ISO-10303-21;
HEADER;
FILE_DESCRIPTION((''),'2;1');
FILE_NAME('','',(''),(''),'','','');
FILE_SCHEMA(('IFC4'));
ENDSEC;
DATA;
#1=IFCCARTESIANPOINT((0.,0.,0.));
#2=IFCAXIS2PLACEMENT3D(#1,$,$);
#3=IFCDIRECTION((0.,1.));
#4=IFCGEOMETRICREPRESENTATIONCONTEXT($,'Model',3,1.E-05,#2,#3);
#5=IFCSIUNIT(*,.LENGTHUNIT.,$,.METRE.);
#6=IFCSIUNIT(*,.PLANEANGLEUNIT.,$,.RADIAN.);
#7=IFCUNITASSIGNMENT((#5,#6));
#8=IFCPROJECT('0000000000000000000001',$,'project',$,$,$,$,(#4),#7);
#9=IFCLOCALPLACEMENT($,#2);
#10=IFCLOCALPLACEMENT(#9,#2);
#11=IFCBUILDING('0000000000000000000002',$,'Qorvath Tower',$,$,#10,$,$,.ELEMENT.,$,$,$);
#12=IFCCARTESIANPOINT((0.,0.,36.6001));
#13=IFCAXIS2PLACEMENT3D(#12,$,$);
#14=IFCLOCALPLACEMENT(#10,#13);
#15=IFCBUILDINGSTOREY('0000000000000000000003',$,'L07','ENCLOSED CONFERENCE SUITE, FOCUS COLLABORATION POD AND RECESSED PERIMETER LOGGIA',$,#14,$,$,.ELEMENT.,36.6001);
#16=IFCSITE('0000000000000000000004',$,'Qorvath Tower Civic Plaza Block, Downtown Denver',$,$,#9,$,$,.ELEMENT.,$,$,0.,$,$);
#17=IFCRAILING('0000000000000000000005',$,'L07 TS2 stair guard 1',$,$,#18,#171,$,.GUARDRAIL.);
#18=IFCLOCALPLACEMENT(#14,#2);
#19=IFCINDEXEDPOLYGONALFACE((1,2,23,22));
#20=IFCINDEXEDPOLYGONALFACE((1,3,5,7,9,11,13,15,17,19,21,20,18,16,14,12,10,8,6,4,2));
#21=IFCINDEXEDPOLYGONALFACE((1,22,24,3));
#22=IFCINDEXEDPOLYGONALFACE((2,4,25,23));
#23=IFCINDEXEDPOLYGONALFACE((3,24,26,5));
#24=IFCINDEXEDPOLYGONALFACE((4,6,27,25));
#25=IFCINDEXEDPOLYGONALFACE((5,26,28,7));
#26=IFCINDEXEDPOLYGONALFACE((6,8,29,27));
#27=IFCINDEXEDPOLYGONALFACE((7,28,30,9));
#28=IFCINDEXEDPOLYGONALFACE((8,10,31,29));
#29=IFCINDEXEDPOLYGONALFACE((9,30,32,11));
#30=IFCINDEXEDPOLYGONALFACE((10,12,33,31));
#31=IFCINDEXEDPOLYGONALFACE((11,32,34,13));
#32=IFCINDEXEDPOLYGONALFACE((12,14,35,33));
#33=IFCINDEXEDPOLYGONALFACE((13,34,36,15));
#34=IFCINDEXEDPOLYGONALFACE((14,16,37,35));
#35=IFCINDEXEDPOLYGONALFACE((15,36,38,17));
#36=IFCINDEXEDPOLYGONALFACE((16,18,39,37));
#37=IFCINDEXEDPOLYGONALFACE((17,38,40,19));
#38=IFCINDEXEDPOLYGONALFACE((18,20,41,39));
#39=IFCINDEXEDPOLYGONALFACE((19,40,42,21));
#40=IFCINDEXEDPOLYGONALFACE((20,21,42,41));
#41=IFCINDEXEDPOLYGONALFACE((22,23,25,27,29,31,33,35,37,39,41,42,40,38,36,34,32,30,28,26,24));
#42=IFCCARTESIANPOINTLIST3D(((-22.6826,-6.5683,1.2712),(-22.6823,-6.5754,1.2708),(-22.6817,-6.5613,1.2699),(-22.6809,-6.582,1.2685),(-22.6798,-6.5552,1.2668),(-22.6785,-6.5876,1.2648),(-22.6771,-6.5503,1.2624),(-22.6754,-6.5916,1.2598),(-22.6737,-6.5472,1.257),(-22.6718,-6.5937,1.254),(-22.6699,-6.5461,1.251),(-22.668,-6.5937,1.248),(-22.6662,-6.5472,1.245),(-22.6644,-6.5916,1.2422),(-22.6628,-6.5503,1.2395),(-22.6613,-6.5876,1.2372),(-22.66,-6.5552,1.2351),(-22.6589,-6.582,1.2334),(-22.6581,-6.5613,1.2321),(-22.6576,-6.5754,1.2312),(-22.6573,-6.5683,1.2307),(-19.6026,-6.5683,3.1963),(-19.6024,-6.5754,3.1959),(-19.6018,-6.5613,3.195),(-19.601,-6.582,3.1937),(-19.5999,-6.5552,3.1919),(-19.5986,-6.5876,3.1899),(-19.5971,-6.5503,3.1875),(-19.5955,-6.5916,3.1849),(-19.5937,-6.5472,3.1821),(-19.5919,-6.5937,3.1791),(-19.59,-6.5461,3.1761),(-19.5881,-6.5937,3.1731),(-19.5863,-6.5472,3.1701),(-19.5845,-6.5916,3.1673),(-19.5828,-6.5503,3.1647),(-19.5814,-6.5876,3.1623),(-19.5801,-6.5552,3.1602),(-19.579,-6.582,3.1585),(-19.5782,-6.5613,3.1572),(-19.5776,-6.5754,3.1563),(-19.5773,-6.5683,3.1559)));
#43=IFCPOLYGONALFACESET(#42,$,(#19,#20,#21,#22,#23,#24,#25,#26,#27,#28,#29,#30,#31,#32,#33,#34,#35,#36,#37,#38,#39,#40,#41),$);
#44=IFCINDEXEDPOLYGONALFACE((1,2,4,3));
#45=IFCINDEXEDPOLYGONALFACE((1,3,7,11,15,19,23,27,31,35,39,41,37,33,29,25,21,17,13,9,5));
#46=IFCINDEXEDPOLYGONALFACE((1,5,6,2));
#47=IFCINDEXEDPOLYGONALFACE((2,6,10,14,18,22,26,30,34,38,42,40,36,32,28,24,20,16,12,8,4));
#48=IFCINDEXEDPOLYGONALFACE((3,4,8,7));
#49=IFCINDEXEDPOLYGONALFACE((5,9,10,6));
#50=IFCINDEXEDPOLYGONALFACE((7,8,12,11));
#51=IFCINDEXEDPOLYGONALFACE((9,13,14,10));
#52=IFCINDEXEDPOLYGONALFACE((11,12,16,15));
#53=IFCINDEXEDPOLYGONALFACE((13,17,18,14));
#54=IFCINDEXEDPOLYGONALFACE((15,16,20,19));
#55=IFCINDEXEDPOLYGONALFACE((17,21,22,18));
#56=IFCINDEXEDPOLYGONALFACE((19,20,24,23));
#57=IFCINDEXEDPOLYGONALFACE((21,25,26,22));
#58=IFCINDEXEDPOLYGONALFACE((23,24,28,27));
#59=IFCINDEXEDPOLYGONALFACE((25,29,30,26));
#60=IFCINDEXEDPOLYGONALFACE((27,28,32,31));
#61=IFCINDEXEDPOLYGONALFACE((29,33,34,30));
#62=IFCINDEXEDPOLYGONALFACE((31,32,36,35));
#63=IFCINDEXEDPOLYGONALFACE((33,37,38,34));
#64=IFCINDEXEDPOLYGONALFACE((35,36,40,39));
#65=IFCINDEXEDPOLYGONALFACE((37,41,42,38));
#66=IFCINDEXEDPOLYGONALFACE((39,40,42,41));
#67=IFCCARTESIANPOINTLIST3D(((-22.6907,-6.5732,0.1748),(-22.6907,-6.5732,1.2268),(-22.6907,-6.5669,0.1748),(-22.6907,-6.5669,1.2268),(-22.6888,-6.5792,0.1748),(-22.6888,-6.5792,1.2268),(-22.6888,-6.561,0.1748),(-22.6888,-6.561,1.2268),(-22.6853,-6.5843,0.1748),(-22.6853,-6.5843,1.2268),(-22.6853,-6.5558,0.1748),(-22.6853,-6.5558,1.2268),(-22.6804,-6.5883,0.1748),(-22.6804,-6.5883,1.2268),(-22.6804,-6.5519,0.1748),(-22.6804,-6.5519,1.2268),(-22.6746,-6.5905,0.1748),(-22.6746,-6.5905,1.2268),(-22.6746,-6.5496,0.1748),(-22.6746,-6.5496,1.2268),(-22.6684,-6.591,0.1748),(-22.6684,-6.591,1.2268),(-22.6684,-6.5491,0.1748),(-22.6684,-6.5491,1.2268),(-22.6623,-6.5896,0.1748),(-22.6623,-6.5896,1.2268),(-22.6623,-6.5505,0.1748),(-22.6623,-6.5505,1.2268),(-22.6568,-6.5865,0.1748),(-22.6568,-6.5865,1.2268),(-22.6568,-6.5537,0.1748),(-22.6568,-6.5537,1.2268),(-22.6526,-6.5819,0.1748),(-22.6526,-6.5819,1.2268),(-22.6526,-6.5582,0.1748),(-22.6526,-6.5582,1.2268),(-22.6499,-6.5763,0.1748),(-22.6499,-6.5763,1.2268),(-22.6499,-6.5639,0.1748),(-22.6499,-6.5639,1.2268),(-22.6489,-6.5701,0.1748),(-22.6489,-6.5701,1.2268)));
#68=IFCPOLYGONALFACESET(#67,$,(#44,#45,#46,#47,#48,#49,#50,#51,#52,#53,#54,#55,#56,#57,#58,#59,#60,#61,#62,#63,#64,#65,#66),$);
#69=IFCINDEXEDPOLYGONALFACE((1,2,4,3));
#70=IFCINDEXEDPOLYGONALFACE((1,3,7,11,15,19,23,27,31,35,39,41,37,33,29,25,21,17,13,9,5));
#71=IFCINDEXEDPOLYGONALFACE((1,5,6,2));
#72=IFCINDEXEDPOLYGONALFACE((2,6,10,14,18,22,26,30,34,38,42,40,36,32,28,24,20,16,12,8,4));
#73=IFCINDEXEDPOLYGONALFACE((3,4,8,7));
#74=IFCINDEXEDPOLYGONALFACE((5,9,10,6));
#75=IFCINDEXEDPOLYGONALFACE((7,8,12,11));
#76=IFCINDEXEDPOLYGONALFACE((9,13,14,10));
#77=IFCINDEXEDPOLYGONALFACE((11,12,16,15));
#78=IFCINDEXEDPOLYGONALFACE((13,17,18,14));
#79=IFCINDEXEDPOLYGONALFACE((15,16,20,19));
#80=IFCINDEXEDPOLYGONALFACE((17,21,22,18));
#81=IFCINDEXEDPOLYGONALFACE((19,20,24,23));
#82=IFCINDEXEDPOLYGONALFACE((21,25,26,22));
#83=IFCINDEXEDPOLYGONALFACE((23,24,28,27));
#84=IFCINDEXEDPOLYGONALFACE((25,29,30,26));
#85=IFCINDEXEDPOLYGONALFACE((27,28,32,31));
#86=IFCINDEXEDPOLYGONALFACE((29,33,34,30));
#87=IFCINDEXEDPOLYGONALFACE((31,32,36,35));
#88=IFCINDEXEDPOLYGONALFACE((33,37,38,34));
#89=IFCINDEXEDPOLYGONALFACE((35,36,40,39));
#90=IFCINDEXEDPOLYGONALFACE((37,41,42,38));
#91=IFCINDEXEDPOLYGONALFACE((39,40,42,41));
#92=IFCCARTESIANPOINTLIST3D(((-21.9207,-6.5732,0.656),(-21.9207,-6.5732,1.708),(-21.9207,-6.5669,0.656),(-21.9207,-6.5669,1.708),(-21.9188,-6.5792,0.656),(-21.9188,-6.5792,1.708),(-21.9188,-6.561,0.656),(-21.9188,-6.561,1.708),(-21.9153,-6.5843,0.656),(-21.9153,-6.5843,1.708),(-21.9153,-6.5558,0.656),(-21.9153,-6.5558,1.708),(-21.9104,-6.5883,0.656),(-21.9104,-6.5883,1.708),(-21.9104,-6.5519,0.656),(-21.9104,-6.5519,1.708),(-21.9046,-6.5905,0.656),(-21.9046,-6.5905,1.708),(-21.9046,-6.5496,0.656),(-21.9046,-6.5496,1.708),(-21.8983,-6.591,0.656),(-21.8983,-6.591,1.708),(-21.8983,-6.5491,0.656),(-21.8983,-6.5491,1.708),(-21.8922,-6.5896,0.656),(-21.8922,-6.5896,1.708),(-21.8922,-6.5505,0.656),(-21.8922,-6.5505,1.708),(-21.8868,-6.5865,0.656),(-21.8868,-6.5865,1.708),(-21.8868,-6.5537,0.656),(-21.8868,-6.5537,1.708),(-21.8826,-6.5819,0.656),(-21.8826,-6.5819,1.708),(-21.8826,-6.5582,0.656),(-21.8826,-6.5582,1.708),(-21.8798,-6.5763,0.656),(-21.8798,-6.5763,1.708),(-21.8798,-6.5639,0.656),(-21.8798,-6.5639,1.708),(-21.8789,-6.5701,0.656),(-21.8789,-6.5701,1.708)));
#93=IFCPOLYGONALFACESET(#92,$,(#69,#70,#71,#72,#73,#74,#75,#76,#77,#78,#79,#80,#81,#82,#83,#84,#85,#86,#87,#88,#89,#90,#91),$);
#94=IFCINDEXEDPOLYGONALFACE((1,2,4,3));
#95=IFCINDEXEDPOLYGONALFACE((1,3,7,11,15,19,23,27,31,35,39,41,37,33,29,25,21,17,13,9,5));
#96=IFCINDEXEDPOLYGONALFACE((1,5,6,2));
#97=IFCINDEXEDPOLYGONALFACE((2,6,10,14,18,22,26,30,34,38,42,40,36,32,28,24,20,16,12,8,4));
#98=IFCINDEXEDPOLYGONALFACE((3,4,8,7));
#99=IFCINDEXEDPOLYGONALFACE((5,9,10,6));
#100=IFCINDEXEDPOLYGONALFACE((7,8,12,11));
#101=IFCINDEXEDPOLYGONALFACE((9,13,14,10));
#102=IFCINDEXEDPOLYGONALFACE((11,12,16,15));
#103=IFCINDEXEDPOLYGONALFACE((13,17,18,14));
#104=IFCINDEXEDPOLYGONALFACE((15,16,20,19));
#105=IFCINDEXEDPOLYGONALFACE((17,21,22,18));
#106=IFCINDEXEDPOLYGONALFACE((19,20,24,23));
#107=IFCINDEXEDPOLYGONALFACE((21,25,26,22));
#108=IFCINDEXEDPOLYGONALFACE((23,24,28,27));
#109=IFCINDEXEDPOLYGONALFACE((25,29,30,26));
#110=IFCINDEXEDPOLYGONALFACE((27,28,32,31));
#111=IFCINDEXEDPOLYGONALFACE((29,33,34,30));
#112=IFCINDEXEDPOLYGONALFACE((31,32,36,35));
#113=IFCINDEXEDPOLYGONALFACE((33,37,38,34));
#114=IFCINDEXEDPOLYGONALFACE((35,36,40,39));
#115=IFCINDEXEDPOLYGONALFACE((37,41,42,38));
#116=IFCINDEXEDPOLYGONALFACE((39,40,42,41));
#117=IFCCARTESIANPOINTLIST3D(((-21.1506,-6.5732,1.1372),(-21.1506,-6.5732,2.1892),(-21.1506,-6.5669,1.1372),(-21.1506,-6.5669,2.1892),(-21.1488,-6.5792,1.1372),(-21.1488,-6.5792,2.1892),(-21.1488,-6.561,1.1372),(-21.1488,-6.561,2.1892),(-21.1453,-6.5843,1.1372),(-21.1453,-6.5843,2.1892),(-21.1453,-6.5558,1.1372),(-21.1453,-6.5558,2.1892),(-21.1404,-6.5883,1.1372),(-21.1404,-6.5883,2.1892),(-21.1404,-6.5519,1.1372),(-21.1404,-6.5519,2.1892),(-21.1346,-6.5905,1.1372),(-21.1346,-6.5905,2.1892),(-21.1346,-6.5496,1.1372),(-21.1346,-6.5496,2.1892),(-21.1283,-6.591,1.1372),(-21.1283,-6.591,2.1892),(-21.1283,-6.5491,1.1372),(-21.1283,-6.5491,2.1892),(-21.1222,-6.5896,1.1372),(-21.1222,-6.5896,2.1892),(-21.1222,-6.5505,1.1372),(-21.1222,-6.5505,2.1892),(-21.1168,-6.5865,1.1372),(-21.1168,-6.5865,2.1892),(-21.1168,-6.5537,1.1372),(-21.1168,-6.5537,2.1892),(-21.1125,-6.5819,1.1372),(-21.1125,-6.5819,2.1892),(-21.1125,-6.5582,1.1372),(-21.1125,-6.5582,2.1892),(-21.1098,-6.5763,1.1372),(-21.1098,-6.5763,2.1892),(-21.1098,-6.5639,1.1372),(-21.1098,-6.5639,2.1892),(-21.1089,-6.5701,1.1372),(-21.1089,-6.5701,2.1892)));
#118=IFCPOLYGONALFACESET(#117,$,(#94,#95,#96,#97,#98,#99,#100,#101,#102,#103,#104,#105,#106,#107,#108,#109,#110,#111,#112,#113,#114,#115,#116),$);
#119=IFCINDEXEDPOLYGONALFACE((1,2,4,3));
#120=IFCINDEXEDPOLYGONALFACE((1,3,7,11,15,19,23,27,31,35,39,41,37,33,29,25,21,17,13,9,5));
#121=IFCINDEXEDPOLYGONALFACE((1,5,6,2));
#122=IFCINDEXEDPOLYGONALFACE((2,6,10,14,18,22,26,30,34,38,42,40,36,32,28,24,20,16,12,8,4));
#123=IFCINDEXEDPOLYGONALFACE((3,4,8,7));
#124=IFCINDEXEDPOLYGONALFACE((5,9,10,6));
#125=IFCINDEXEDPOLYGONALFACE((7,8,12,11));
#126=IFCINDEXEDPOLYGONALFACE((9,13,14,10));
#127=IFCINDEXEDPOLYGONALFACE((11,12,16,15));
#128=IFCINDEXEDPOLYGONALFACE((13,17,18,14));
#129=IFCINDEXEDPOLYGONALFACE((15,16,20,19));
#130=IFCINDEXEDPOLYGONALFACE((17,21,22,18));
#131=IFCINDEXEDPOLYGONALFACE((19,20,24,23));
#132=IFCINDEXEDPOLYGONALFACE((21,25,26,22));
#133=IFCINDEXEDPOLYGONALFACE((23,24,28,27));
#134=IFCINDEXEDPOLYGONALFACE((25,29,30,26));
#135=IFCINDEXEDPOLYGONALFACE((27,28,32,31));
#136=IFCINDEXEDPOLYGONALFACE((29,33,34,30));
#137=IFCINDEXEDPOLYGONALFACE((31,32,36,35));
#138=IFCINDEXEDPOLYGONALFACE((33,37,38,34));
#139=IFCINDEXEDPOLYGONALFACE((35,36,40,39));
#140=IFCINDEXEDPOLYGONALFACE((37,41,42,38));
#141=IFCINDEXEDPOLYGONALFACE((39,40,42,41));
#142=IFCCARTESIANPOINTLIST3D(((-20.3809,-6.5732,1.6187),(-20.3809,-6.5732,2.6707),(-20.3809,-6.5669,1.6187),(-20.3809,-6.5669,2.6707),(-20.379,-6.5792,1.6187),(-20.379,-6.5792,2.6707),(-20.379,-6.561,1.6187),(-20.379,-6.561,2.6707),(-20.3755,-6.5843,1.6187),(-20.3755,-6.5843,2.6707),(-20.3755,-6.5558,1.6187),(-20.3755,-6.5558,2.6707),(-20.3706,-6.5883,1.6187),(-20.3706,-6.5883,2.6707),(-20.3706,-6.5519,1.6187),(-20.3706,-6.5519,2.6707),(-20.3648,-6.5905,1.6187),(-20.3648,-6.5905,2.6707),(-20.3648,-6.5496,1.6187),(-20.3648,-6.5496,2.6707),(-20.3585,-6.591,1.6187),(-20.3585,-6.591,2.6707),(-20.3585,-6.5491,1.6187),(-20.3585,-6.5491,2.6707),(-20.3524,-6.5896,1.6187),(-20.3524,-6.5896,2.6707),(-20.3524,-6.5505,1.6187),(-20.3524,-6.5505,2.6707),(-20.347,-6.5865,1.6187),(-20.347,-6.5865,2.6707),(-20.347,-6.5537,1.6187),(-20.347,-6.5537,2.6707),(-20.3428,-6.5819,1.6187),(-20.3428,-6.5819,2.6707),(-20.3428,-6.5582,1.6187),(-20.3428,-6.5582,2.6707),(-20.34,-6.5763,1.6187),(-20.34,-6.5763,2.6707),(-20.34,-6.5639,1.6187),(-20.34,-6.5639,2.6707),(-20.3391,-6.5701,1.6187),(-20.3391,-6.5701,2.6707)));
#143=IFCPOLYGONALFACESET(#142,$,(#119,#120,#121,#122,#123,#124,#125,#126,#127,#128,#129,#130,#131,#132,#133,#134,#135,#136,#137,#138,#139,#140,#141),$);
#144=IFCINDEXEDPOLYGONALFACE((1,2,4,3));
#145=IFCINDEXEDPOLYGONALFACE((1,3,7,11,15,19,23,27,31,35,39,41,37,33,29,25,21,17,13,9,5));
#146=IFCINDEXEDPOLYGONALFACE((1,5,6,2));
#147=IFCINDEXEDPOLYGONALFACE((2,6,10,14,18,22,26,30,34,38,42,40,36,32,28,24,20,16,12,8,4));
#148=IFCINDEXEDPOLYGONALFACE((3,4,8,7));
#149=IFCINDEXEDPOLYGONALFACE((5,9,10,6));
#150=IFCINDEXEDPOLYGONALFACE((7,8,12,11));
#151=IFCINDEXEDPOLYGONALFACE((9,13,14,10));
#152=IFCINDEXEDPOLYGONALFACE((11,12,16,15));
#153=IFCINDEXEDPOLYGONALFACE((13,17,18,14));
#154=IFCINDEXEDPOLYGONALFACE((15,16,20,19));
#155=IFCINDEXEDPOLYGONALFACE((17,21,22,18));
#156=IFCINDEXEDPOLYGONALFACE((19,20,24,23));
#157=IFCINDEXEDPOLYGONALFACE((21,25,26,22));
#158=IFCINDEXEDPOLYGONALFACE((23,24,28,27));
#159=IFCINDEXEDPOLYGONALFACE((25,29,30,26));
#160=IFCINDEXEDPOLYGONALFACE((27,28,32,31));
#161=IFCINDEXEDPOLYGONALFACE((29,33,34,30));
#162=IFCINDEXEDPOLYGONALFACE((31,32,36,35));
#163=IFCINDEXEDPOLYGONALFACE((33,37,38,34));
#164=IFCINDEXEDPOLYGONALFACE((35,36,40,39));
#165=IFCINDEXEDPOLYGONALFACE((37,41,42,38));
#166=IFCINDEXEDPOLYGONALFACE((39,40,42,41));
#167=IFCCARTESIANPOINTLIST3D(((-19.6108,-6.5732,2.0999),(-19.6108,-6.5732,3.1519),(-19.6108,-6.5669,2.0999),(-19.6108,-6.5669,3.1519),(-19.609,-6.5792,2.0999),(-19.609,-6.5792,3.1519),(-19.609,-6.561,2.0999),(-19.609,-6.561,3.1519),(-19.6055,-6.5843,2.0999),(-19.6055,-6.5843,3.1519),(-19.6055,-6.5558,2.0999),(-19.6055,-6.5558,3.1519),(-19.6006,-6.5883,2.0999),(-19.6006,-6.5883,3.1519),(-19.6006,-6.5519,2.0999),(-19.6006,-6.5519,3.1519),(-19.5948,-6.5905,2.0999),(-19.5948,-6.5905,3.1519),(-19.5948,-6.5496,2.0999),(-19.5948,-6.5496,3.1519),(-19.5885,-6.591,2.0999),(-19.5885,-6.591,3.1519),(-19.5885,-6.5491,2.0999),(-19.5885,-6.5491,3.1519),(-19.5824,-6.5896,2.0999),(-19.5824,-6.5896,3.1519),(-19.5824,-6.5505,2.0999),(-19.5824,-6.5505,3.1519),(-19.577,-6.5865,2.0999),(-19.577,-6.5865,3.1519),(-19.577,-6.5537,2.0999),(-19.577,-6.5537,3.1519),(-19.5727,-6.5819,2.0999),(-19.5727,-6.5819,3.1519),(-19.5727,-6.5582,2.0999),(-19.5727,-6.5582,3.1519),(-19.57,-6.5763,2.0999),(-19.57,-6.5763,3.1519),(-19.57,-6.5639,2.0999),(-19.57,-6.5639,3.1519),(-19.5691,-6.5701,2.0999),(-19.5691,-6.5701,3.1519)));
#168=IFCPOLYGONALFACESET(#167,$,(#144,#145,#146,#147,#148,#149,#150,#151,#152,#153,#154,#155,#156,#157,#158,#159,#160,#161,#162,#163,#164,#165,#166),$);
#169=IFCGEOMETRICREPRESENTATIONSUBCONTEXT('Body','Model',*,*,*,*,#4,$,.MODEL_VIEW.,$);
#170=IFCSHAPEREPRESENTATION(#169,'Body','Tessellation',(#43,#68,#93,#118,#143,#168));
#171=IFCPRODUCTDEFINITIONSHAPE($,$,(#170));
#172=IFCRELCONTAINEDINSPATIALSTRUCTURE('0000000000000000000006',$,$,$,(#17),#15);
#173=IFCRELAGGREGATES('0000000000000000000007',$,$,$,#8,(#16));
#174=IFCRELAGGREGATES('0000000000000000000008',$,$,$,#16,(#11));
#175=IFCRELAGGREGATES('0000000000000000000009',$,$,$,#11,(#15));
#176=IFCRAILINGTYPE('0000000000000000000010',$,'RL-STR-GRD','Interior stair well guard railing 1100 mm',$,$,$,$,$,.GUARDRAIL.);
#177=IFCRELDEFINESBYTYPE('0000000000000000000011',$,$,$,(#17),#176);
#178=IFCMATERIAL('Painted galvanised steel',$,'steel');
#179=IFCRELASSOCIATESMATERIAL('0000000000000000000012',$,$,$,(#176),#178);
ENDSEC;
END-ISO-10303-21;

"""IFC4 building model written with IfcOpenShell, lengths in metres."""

from ifc_helpers import new_model, si_unit, direction, frame, origin, origin_2d, place, context, subcontext, project, spatial, circle, extrude, material, type_object, element, save


model = new_model("IFC4")

# Units and contexts
model_context = context("Model", 3, precision=1e-05, world=origin(), true_north=direction((0.0, 1.0)))
body_context = subcontext(model_context, "Body", "Model", "MODEL_VIEW")
ifc_project = project(units=[si_unit("LENGTHUNIT", "METRE"), si_unit("PLANEANGLEUNIT", "RADIAN")], contexts=[model_context])

# Site, building, storey
site_placement = place(None, origin())
site = spatial("IfcSite", under=ifc_project, at=site_placement, Name="Qorvath Tower Civic Plaza Block, Downtown Denver", CompositionType="ELEMENT", RefElevation=0.0)
building_placement = place(site_placement, origin())
building = spatial("IfcBuilding", under=site, at=building_placement, Name="Qorvath Tower", CompositionType="ELEMENT")
storey_placement = place(building_placement, frame((0.0, 0.0, 36.6001)))
storey = spatial("IfcBuildingStorey", under=building, at=storey_placement, Name="L07", Description="ENCLOSED CONFERENCE SUITE, FOCUS COLLABORATION POD AND RECESSED PERIMETER LOGGIA", CompositionType="ELEMENT", Elevation=36.6001)

# Railing
ifc_material_1 = material(Name="Painted galvanised steel", Category="steel")
railing_type = type_object("IfcRailingType", Name="RL-STR-GRD", Description="Interior stair well guard railing 1100 mm", PredefinedType="GUARDRAIL", material=ifc_material_1)
railing_1_placement = place(storey_placement, frame((-22.6699, -6.5701, 0.1748)))
element("IfcRailing", 1, at=railing_1_placement, inside=storey, type_object=railing_type, Name="L07 TS2 stair guard 1", PredefinedType="GUARDRAIL", context=body_context, shape_type="SweptSolid", body=[
    extrude(circle(Radius=0.0239, at=origin_2d()), frame((0.0, 0.0, 1.0762), z_axis=(0.847979, 0.0, 0.530029), x_axis=(0.0, 1.0, 0.0)), (0.0, 0.0, 1.0), 3.6321),
    extrude(circle(Radius=0.021, at=origin_2d()), origin(), (0.0, 0.0, 1.0), 1.052),
    extrude(circle(Radius=0.021, at=origin_2d()), frame((0.77, 0.0, 0.4812)), (0.0, 0.0, 1.0), 1.052),
    extrude(circle(Radius=0.021, at=origin_2d()), frame((1.54, 0.0, 0.9624)), (0.0, 0.0, 1.0), 1.052),
    extrude(circle(Radius=0.021, at=origin_2d()), frame((2.3098, 0.0, 1.4438)), (0.0, 0.0, 1.0), 1.052),
    extrude(circle(Radius=0.021, at=origin_2d()), frame((3.0798, 0.0, 1.925)), (0.0, 0.0, 1.0), 1.052),
])

save(model, "model.ifc")
